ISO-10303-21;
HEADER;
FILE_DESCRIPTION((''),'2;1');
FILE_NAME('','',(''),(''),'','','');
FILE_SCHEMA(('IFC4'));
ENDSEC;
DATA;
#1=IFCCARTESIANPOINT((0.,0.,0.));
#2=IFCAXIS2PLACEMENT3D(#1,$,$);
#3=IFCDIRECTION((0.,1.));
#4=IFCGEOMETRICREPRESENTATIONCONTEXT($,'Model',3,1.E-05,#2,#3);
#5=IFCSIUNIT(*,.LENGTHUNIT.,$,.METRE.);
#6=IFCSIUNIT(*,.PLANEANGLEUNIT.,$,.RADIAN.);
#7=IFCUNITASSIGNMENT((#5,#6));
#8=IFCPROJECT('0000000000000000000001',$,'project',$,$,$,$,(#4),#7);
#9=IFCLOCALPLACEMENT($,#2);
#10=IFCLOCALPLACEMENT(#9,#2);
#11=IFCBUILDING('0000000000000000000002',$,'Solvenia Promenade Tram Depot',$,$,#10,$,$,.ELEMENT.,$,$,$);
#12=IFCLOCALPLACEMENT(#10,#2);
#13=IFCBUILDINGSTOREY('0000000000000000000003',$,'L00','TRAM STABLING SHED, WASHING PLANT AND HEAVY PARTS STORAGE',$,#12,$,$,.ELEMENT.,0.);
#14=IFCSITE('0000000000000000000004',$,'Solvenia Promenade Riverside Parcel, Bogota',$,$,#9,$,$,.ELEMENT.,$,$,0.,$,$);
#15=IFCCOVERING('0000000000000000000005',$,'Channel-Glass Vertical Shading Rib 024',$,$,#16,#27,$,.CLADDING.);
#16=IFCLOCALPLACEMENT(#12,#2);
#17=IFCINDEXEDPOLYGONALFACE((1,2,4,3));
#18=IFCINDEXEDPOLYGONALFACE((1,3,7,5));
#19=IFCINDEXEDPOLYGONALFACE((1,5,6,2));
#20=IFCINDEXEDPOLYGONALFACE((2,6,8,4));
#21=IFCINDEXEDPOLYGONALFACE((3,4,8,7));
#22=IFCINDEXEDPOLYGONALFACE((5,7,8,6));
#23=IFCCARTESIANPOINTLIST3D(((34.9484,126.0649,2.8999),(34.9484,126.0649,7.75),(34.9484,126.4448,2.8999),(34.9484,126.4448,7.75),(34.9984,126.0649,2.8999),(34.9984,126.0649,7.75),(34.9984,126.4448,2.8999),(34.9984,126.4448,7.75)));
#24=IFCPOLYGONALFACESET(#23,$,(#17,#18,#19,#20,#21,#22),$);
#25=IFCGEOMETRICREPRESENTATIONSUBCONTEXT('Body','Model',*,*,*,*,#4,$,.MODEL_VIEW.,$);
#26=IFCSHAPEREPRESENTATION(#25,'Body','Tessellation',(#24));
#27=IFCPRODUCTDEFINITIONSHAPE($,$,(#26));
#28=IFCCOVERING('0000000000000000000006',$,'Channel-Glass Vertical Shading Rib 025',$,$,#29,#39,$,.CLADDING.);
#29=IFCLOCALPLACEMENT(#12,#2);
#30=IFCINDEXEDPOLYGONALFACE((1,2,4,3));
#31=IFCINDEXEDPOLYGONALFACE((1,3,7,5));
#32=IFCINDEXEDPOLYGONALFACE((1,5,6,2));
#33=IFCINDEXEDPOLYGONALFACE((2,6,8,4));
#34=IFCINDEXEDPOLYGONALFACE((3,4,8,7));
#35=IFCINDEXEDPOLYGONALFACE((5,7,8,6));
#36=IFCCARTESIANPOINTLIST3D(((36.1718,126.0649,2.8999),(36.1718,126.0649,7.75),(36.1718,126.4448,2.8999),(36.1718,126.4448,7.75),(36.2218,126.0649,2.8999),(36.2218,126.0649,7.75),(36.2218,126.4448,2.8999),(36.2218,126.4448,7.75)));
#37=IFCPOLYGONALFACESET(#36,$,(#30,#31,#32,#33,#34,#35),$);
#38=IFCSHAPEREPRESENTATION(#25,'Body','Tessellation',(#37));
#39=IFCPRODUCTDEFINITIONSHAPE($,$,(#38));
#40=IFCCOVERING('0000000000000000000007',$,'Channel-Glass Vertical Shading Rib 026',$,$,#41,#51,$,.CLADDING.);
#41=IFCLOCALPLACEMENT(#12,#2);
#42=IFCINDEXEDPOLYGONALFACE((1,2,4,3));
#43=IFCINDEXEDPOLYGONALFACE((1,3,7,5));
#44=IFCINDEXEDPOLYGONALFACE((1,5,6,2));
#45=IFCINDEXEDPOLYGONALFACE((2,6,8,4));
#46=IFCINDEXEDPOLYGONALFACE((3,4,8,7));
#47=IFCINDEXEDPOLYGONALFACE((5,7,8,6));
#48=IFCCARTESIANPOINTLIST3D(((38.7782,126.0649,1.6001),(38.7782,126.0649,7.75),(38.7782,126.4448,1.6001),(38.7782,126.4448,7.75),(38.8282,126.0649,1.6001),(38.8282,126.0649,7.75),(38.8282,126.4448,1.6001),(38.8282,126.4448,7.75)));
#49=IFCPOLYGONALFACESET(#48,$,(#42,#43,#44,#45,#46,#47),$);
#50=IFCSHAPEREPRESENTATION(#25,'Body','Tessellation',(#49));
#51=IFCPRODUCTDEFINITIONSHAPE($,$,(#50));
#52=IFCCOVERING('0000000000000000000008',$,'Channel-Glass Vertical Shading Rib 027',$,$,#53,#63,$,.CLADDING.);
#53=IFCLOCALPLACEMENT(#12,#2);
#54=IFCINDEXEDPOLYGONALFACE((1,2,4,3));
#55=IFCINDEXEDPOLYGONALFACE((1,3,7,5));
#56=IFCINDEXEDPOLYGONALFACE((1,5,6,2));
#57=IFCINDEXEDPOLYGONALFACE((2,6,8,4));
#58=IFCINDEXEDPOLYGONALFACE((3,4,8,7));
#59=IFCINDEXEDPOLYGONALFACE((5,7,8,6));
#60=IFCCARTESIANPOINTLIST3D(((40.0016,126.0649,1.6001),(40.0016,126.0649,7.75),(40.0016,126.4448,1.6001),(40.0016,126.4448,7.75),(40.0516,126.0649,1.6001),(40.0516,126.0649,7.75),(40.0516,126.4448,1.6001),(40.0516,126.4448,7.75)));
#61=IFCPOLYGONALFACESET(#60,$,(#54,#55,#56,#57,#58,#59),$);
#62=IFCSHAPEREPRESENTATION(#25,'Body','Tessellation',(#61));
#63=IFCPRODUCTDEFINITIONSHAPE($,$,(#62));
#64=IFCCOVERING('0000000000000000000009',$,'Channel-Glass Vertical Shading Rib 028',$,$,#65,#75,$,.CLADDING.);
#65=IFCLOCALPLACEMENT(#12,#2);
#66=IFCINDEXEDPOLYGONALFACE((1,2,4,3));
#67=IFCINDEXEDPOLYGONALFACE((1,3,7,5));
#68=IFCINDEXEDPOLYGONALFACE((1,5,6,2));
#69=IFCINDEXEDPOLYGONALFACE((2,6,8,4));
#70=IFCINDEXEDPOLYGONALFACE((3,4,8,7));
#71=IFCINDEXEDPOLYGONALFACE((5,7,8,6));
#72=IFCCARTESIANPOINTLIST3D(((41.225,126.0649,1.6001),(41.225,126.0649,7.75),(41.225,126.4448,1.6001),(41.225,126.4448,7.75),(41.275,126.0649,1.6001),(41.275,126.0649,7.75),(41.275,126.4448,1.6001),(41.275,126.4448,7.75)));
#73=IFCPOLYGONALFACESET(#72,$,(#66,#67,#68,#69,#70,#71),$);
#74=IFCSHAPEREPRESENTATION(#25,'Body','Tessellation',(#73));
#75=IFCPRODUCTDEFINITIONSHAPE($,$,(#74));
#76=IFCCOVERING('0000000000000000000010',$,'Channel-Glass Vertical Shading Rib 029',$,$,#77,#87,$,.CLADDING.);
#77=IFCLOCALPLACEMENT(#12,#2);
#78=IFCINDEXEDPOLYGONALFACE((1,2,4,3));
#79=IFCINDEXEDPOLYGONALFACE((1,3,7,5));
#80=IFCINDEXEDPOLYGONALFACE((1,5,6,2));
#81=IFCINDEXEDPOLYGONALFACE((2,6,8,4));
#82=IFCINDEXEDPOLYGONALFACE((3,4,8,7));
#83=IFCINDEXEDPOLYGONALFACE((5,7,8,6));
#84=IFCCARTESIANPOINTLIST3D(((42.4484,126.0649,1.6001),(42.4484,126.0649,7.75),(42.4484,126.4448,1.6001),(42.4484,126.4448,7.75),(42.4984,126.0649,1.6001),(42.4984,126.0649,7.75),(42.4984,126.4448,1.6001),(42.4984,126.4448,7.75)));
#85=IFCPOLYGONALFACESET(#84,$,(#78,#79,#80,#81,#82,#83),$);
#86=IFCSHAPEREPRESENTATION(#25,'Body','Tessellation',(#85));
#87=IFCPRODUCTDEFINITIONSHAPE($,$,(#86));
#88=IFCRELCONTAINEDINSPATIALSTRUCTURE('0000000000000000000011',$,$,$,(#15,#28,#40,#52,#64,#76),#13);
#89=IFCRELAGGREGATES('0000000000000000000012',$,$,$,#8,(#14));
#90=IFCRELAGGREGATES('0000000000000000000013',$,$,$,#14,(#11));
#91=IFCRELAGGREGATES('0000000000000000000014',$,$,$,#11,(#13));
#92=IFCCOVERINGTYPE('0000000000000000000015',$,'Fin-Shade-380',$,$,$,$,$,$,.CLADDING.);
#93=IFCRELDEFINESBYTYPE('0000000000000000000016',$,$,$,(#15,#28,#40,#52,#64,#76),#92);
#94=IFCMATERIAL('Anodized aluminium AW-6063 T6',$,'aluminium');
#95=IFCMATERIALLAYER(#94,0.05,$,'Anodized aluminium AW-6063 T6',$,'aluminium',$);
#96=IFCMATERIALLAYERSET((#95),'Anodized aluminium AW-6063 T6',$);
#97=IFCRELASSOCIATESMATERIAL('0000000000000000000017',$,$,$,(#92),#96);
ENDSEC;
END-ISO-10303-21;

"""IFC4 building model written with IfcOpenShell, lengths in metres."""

from ifc_helpers import new_model, si_unit, direction, frame, origin, origin_2d, place, context, subcontext, project, spatial, rectangle, extrude, material, layer, layer_set, type_object, element, save


model = new_model("IFC4")

# Units and contexts
model_context = context("Model", 3, precision=1e-05, world=origin(), true_north=direction((0.0, 1.0)))
body_context = subcontext(model_context, "Body", "Model", "MODEL_VIEW")
ifc_project = project(units=[si_unit("LENGTHUNIT", "METRE"), si_unit("PLANEANGLEUNIT", "RADIAN")], contexts=[model_context])

# Site, building, storey
site_placement = place(None, origin())
site = spatial("IfcSite", under=ifc_project, at=site_placement, Name="Solvenia Promenade Riverside Parcel, Bogota", CompositionType="ELEMENT", RefElevation=0.0)
building_placement = place(site_placement, origin())
building = spatial("IfcBuilding", under=site, at=building_placement, Name="Solvenia Promenade Tram Depot", CompositionType="ELEMENT")
storey_placement = place(building_placement, origin())
storey = spatial("IfcBuildingStorey", under=building, at=storey_placement, Name="L00", Description="TRAM STABLING SHED, WASHING PLANT AND HEAVY PARTS STORAGE", CompositionType="ELEMENT", Elevation=0.0)

# Shared definitions
ifc_material_1 = material(Name="Anodized aluminium AW-6063 T6", Category="aluminium")

# Coverings
ifc_layer_1 = layer(ifc_material_1, 0.05, Name="Anodized aluminium AW-6063 T6", Category="aluminium")
ifc_layer_set_1 = layer_set([ifc_layer_1], Name="Anodized aluminium AW-6063 T6")
covering_type = type_object("IfcCoveringType", Name="Fin-Shade-380", PredefinedType="CLADDING", material=ifc_layer_set_1)
for number, where, z_axis, x_axis, name in (
    (1, (34.9734, 126.2549, 2.8999), (0.0, 0.0, 1.0), (1.0, 0.0, 0.0), "Channel-Glass Vertical Shading Rib 024"),
    (2, (36.1968, 126.2549, 2.8999), (0.0, 0.0, 1.0), (1.0, 0.0, 0.0), "Channel-Glass Vertical Shading Rib 025"),
):
    element("IfcCovering", number, at=place(storey_placement, frame(where, z_axis=z_axis, x_axis=x_axis)), inside=storey, type_object=covering_type, Name=name, PredefinedType="CLADDING", context=body_context, shape_type="SweptSolid", body=[
        extrude(rectangle(XDim=0.05, YDim=0.3799, at=origin_2d()), origin(), (0.0, 0.0, 1.0), 4.8501),
    ])
for number, where, z_axis, x_axis, name in (
    (3, (38.8032, 126.2549, 1.6001), (0.0, 0.0, 1.0), (1.0, 0.0, 0.0), "Channel-Glass Vertical Shading Rib 026"),
    (4, (40.0266, 126.2549, 1.6001), (0.0, 0.0, 1.0), (1.0, 0.0, 0.0), "Channel-Glass Vertical Shading Rib 027"),
    (5, (41.25, 126.2549, 1.6001), (0.0, 0.0, 1.0), (1.0, 0.0, 0.0), "Channel-Glass Vertical Shading Rib 028"),
    (6, (42.4734, 126.2549, 1.6001), (0.0, 0.0, 1.0), (1.0, 0.0, 0.0), "Channel-Glass Vertical Shading Rib 029"),
):
    element("IfcCovering", number, at=place(storey_placement, frame(where, z_axis=z_axis, x_axis=x_axis)), inside=storey, type_object=covering_type, Name=name, PredefinedType="CLADDING", context=body_context, shape_type="SweptSolid", body=[
        extrude(rectangle(XDim=0.05, YDim=0.3799, at=origin_2d()), origin(), (0.0, 0.0, 1.0), 6.1499),
    ])

save(model, "model.ifc")
